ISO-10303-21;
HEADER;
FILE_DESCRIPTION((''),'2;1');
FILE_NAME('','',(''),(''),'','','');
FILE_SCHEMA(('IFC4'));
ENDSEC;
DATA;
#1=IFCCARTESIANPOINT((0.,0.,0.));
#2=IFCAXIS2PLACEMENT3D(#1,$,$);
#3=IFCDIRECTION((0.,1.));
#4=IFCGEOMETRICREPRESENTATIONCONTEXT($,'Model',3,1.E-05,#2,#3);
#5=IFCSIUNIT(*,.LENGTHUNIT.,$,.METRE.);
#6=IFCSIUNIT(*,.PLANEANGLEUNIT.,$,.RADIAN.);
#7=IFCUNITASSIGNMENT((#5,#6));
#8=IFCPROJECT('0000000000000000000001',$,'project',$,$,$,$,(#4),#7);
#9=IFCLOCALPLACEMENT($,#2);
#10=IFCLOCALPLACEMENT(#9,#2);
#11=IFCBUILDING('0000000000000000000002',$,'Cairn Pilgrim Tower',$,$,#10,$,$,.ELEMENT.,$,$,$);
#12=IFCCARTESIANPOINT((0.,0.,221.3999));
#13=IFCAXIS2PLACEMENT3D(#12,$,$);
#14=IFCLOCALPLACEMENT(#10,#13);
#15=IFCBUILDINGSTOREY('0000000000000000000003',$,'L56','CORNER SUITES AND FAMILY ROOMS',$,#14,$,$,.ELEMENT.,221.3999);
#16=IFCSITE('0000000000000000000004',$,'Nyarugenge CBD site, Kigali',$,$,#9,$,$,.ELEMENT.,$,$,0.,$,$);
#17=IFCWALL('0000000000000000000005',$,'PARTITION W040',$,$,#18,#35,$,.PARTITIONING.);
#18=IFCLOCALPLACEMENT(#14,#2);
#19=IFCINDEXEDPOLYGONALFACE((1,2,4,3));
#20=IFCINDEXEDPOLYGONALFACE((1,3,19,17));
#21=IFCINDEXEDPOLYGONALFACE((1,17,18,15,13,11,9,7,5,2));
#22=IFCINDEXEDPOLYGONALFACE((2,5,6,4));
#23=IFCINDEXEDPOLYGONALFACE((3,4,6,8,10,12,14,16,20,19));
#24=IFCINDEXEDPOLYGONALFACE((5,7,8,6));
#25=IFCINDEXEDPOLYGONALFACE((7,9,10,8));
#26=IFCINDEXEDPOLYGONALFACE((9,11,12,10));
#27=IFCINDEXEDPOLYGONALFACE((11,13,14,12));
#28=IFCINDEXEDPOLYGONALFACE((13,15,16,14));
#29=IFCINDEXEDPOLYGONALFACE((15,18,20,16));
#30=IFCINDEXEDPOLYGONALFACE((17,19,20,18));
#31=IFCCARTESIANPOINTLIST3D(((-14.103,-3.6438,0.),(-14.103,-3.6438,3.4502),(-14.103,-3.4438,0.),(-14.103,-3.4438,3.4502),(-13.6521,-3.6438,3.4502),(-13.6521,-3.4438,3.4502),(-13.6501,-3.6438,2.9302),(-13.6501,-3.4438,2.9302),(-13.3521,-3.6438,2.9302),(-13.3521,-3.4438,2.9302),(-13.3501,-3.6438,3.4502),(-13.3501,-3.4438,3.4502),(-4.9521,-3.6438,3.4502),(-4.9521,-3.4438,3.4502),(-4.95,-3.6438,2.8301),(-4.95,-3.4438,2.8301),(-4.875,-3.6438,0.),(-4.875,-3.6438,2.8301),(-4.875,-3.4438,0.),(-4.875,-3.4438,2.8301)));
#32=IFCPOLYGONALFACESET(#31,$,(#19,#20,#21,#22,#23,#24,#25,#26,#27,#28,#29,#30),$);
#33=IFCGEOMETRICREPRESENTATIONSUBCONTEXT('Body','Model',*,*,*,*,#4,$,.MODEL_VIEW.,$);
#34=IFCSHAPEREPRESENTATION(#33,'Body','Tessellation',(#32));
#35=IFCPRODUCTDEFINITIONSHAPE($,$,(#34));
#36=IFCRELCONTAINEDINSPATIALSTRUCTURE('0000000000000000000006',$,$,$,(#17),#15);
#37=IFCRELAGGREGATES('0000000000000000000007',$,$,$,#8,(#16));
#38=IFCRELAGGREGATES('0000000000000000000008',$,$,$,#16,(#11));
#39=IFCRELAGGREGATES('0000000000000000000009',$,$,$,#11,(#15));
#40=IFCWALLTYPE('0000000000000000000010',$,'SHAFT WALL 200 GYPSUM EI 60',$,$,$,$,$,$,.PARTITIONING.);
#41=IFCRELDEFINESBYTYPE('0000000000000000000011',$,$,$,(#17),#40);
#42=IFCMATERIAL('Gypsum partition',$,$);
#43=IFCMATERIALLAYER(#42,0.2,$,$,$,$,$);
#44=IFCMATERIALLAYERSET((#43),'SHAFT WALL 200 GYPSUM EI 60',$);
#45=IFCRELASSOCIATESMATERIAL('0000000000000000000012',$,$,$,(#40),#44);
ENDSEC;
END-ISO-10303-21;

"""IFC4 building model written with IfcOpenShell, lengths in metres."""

from ifc_helpers import new_model, si_unit, direction, frame, origin, place, context, subcontext, project, spatial, polyline, outline, extrude, material, layer, layer_set, type_object, element, save


model = new_model("IFC4")

# Units and contexts
model_context = context("Model", 3, precision=1e-05, world=origin(), true_north=direction((0.0, 1.0)))
body_context = subcontext(model_context, "Body", "Model", "MODEL_VIEW")
ifc_project = project(units=[si_unit("LENGTHUNIT", "METRE"), si_unit("PLANEANGLEUNIT", "RADIAN")], contexts=[model_context])

# Site, building, storey
site_placement = place(None, origin())
site = spatial("IfcSite", under=ifc_project, at=site_placement, Name="Nyarugenge CBD site, Kigali", CompositionType="ELEMENT", RefElevation=0.0)
building_placement = place(site_placement, origin())
building = spatial("IfcBuilding", under=site, at=building_placement, Name="Cairn Pilgrim Tower", CompositionType="ELEMENT")
storey_placement = place(building_placement, frame((0.0, 0.0, 221.3999)))
storey = spatial("IfcBuildingStorey", under=building, at=storey_placement, Name="L56", Description="CORNER SUITES AND FAMILY ROOMS", CompositionType="ELEMENT", Elevation=221.3999)

# Shared definitions
ifc_material_1 = material(Name="Gypsum partition")

# Wall
ifc_layer_1 = layer(ifc_material_1, 0.2)
ifc_layer_set_1 = layer_set([ifc_layer_1], Name="SHAFT WALL 200 GYPSUM EI 60")
wall_type_1 = type_object("IfcWallType", Name="SHAFT WALL 200 GYPSUM EI 60", PredefinedType="PARTITIONING", material=ifc_layer_set_1)
wall_1_placement = place(storey_placement, frame((-14.103, -3.5439, 0.0), z_axis=(0.0, 0.0, 1.0), x_axis=(1.0, 0.0, 0.0)))
element("IfcWall", 1, at=wall_1_placement, inside=storey, type_object=wall_type_1, Name="PARTITION W040", PredefinedType="PARTITIONING", context=body_context, shape_type="SweptSolid", body=[
    extrude(outline(polyline([(0.0, 0.0), (9.228, 0.0), (9.228, 2.8301), (9.1531, 2.8301), (9.1509, 3.4502), (0.7529, 3.4502), (0.751, 2.9302), (0.4529, 2.9302), (0.4509, 3.4502), (0.0, 3.4502), (0.0, 0.0)])), frame((0.0, 0.1001, 0.0), z_axis=(0.0, -1.0, 0.0), x_axis=(1.0, 0.0, 0.0)), (0.0, 0.0, 1.0), 0.2),
])

save(model, "model.ifc")
